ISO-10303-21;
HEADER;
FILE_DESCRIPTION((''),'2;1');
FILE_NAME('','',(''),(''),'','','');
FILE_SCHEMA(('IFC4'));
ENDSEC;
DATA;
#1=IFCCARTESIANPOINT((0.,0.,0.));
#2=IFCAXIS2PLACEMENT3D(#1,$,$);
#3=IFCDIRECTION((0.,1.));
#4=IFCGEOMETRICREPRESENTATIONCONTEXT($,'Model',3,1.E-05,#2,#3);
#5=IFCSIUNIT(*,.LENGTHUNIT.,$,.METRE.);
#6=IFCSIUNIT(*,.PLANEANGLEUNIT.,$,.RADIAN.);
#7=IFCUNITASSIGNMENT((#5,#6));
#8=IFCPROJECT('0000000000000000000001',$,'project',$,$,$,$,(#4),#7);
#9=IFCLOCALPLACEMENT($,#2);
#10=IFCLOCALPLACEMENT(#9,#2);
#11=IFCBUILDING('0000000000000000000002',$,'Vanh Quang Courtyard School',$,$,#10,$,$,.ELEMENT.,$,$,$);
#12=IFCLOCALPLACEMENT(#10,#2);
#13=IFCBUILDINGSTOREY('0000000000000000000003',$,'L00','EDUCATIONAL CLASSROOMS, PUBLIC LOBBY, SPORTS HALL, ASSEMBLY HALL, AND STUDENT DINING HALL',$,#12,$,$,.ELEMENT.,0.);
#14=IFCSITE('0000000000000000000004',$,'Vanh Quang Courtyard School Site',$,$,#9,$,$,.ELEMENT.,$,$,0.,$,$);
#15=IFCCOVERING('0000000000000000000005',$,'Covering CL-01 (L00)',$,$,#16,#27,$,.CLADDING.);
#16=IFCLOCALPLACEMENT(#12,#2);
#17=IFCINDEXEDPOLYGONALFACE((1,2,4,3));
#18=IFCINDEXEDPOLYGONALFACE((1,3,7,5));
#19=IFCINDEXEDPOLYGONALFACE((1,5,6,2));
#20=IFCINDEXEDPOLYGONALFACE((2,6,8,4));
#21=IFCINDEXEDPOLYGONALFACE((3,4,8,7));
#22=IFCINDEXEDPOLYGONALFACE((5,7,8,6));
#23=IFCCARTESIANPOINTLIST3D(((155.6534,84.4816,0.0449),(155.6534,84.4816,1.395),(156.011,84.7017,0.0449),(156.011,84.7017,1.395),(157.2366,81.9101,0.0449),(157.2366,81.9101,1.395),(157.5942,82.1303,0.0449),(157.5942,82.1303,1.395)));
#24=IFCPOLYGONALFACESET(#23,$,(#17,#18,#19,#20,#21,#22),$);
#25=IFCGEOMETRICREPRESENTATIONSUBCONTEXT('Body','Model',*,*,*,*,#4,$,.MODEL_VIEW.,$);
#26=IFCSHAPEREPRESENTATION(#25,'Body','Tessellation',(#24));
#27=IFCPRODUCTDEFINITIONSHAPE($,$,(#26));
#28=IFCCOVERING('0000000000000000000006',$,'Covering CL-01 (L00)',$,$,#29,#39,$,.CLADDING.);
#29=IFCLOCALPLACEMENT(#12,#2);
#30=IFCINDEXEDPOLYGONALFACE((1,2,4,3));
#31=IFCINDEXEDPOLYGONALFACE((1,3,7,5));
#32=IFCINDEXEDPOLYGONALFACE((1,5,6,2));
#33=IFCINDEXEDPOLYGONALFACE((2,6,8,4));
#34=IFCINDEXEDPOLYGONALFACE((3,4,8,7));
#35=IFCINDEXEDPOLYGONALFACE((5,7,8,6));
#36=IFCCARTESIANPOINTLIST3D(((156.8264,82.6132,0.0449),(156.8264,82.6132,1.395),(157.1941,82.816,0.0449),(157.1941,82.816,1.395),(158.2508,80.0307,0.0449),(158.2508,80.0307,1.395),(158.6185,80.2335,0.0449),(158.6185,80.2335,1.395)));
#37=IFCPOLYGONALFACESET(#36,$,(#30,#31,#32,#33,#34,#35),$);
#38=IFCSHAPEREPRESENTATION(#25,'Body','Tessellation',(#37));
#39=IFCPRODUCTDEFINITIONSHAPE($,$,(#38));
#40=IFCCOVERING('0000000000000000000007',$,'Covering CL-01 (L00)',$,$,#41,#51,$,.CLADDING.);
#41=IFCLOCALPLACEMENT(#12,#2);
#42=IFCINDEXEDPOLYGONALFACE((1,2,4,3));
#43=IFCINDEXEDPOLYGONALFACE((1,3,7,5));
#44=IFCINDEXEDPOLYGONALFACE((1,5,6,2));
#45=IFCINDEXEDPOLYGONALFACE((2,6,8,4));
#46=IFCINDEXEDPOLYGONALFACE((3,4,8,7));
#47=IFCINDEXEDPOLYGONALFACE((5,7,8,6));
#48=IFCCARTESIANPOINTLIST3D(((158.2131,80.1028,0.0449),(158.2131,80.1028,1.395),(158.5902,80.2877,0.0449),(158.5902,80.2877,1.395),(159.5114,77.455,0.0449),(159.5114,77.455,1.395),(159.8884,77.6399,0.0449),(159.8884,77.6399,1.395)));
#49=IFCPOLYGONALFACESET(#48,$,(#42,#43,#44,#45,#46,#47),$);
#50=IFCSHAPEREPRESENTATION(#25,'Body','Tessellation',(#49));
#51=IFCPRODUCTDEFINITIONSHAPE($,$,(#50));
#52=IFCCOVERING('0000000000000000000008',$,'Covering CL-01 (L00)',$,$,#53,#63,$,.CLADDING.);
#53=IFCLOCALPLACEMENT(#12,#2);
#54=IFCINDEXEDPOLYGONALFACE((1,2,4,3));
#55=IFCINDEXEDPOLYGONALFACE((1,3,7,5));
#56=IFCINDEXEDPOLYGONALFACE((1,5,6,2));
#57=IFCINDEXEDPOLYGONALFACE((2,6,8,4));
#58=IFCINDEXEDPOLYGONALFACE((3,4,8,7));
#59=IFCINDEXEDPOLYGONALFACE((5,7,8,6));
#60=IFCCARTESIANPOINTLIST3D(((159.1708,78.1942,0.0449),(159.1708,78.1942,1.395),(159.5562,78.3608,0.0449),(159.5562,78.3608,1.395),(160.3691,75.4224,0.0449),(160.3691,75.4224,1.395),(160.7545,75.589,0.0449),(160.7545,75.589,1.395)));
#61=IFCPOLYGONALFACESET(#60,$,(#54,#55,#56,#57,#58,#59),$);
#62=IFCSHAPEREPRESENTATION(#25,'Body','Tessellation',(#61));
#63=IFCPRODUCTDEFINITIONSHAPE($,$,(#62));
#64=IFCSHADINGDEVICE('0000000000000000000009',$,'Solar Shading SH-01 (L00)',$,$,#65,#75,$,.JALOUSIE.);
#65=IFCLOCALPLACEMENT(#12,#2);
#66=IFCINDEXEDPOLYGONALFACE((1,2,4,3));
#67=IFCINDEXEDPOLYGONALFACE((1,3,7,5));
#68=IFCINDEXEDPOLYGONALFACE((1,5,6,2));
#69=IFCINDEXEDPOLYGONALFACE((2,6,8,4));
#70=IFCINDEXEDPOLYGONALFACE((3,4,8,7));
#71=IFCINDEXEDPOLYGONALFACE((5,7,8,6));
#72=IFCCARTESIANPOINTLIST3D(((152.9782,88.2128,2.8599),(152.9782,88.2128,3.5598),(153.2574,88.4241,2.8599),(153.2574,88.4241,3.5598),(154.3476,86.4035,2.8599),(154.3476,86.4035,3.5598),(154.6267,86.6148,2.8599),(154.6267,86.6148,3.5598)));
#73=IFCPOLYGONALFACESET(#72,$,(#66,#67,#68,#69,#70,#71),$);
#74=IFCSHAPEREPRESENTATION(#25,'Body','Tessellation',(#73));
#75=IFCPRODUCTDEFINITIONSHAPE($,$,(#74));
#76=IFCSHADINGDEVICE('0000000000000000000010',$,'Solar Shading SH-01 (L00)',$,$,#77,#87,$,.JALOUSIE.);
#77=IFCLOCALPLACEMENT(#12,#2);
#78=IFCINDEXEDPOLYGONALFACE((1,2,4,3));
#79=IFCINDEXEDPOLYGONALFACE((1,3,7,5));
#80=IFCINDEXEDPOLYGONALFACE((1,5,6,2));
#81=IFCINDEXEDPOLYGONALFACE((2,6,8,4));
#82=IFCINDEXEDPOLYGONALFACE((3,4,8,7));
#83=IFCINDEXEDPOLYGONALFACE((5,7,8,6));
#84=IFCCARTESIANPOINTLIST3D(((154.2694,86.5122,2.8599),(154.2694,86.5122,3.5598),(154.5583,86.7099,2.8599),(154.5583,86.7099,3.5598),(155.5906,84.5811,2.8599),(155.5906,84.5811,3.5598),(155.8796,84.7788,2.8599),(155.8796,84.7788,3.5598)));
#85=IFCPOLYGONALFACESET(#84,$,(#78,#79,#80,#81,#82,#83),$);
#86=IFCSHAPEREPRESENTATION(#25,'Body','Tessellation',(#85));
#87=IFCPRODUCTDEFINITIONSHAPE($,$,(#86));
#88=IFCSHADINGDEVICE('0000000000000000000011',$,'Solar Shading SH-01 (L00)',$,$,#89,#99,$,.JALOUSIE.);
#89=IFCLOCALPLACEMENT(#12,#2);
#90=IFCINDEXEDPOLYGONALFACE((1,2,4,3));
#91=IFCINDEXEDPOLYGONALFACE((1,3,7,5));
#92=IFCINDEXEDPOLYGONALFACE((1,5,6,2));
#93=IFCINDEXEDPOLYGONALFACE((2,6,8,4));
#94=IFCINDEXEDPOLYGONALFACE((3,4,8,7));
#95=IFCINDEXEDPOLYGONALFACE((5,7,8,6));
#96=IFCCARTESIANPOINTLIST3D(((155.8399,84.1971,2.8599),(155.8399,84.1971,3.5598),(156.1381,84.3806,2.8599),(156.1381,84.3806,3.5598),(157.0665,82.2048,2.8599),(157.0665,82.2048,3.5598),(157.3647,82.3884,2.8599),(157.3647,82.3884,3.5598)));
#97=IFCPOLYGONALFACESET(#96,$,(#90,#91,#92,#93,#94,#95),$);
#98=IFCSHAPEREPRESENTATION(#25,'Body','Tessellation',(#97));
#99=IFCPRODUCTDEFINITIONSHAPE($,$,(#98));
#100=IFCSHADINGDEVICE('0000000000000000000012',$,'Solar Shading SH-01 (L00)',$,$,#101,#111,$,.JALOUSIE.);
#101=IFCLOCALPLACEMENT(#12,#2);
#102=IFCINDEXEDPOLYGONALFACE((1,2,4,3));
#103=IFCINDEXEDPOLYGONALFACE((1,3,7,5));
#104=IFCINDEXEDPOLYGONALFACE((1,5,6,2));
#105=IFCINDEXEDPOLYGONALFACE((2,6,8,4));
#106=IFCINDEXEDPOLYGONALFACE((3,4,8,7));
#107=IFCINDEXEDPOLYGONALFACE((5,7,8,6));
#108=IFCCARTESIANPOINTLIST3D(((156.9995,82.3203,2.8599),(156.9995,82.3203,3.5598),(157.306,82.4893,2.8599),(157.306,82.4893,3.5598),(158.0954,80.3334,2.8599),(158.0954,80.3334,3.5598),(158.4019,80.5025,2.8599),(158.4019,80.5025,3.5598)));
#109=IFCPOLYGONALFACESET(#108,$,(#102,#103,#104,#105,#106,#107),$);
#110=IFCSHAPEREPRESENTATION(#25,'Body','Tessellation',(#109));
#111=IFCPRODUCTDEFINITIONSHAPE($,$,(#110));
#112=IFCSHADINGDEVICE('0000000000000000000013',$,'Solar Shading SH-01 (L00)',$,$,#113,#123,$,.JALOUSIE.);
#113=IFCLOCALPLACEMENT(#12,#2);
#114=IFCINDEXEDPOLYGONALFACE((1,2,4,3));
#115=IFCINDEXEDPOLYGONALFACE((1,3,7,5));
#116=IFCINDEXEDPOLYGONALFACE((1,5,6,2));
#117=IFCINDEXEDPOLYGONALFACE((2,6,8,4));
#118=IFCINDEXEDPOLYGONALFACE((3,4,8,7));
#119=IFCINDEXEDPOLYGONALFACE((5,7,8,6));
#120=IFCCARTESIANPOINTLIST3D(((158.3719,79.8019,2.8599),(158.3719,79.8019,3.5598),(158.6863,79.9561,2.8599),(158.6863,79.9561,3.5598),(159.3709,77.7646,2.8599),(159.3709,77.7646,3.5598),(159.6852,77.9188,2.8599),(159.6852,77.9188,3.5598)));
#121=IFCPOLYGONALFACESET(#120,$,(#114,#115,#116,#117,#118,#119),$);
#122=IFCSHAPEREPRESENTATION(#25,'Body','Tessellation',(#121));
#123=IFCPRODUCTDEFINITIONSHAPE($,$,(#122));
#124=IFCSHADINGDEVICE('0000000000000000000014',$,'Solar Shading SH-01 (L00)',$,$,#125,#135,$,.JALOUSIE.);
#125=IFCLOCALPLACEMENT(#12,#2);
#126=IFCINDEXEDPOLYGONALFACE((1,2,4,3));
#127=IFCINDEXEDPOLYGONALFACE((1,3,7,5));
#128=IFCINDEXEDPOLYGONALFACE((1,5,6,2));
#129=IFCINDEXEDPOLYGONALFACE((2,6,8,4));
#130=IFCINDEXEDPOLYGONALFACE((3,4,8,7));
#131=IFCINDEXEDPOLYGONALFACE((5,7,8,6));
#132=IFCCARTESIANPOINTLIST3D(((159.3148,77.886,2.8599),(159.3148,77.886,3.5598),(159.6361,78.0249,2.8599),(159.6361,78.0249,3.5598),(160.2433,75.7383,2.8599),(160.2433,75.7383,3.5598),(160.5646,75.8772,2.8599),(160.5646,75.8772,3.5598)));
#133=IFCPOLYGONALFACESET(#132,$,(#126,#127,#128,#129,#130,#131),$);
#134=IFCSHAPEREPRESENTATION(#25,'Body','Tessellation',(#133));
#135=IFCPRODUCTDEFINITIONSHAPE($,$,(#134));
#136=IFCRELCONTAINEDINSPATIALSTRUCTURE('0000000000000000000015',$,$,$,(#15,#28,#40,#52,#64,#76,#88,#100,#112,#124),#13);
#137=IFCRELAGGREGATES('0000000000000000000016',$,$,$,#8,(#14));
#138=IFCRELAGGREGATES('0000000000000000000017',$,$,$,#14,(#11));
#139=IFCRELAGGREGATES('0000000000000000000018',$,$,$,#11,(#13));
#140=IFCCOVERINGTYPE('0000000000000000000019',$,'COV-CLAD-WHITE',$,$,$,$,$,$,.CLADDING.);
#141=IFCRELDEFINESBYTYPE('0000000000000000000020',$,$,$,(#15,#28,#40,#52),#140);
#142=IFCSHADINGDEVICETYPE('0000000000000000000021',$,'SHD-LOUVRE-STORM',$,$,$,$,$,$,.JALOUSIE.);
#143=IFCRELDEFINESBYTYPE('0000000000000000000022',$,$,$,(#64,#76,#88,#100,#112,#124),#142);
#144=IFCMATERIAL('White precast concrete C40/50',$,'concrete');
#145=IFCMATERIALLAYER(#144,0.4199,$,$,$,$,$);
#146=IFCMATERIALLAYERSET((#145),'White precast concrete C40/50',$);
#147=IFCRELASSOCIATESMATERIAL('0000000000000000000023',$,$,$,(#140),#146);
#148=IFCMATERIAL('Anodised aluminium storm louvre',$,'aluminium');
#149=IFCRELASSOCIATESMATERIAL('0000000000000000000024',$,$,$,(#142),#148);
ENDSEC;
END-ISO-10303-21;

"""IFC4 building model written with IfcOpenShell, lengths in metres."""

from ifc_helpers import new_model, si_unit, direction, frame, origin, origin_2d, place, context, subcontext, project, spatial, rectangle, extrude, material, layer, layer_set, type_object, element, save


model = new_model("IFC4")

# Units and contexts
model_context = context("Model", 3, precision=1e-05, world=origin(), true_north=direction((0.0, 1.0)))
body_context = subcontext(model_context, "Body", "Model", "MODEL_VIEW")
ifc_project = project(units=[si_unit("LENGTHUNIT", "METRE"), si_unit("PLANEANGLEUNIT", "RADIAN")], contexts=[model_context])

# Site, building, storey
site_placement = place(None, origin())
site = spatial("IfcSite", under=ifc_project, at=site_placement, Name="Vanh Quang Courtyard School Site", CompositionType="ELEMENT", RefElevation=0.0)
building_placement = place(site_placement, origin())
building = spatial("IfcBuilding", under=site, at=building_placement, Name="Vanh Quang Courtyard School", CompositionType="ELEMENT")
storey_placement = place(building_placement, origin())
storey = spatial("IfcBuildingStorey", under=building, at=storey_placement, Name="L00", Description="EDUCATIONAL CLASSROOMS, PUBLIC LOBBY, SPORTS HALL, ASSEMBLY HALL, AND STUDENT DINING HALL", CompositionType="ELEMENT", Elevation=0.0)

# Coverings
ifc_material_1 = material(Name="White precast concrete C40/50", Category="concrete")
ifc_layer_1 = layer(ifc_material_1, 0.4199)
ifc_layer_set_1 = layer_set([ifc_layer_1], Name="White precast concrete C40/50")
covering_type = type_object("IfcCoveringType", Name="COV-CLAD-WHITE", PredefinedType="CLADDING", material=ifc_layer_set_1)
for number, where, z_axis, x_axis, name in (
    (1, (156.6238, 83.3059, 0.0449), (0.0, 0.0, 1.0), (0.524283, -0.851544, 0.0), "Covering CL-01 (L00)"),
):
    element("IfcCovering", number, at=place(storey_placement, frame(where, z_axis=z_axis, x_axis=x_axis)), inside=storey, type_object=covering_type, Name=name, PredefinedType="CLADDING", context=body_context, shape_type="SweptSolid", body=[
        extrude(rectangle(XDim=3.0198, YDim=0.4199, at=origin_2d()), origin(), (0.0, 0.0, 1.0), 1.3501),
    ])
covering_1_placement = place(storey_placement, frame((157.7224, 81.4233, 0.0449), z_axis=(0.0, 0.0, 1.0), x_axis=(0.482977, -0.875633, 0.0)))
element("IfcCovering", 2, at=covering_1_placement, inside=storey, type_object=covering_type, Name="Covering CL-01 (L00)", PredefinedType="CLADDING", context=body_context, shape_type="SweptSolid", body=[
    extrude(rectangle(XDim=2.9492, YDim=0.4199, at=origin_2d()), origin(), (0.0, 0.0, 1.0), 1.3501),
])
covering_2_placement = place(storey_placement, frame((159.0508, 78.8713, 0.0449), z_axis=(0.0, 0.0, 1.0), x_axis=(0.440253, -0.897874, 0.0)))
element("IfcCovering", 3, at=covering_2_placement, inside=storey, type_object=covering_type, Name="Covering CL-01 (L00)", PredefinedType="CLADDING", context=body_context, shape_type="SweptSolid", body=[
    extrude(rectangle(XDim=2.949, YDim=0.4199, at=origin_2d()), origin(), (0.0, 0.0, 1.0), 1.3501),
])
covering_3_placement = place(storey_placement, frame((159.9626, 76.8916, 0.0449), z_axis=(0.0, 0.0, 1.0), x_axis=(0.396828, -0.917893, 0.0)))
element("IfcCovering", 4, at=covering_3_placement, inside=storey, type_object=covering_type, Name="Covering CL-01 (L00)", PredefinedType="CLADDING", context=body_context, shape_type="SweptSolid", body=[
    extrude(rectangle(XDim=3.0198, YDim=0.4199, at=origin_2d()), origin(), (0.0, 0.0, 1.0), 1.3501),
])

# Shading devices
ifc_material_2 = material(Name="Anodised aluminium storm louvre", Category="aluminium")
shading_device_type = type_object("IfcShadingDeviceType", Name="SHD-LOUVRE-STORM", PredefinedType="JALOUSIE", material=ifc_material_2)
shading_device_1_placement = place(storey_placement, frame((153.8025, 87.4138, 2.8599), z_axis=(0.0, 0.0, 1.0), x_axis=(0.603486, -0.797373, 0.0)))
element("IfcShadingDevice", 5, at=shading_device_1_placement, inside=storey, type_object=shading_device_type, Name="Solar Shading SH-01 (L00)", PredefinedType="JALOUSIE", context=body_context, shape_type="SweptSolid", body=[
    extrude(rectangle(XDim=2.269, YDim=0.3501, at=origin_2d()), origin(), (0.0, 0.0, 1.0), 0.7),
])
shading_device_2_placement = place(storey_placement, frame((155.0745, 85.6455, 2.8599), z_axis=(0.0, 0.0, 1.0), x_axis=(0.564679, -0.825311, 0.0)))
element("IfcShadingDevice", 6, at=shading_device_2_placement, inside=storey, type_object=shading_device_type, Name="Solar Shading SH-01 (L00)", PredefinedType="JALOUSIE", context=body_context, shape_type="SweptSolid", body=[
    extrude(rectangle(XDim=2.3398, YDim=0.3501, at=origin_2d()), origin(), (0.0, 0.0, 1.0), 0.7),
])
shading_device_3_placement = place(storey_placement, frame((156.6023, 83.2927, 2.8599), z_axis=(0.0, 0.0, 1.0), x_axis=(0.524283, -0.851544, 0.0)))
element("IfcShadingDevice", 7, at=shading_device_3_placement, inside=storey, type_object=shading_device_type, Name="Solar Shading SH-01 (L00)", PredefinedType="JALOUSIE", context=body_context, shape_type="SweptSolid", body=[
    extrude(rectangle(XDim=2.3396, YDim=0.3501, at=origin_2d()), origin(), (0.0, 0.0, 1.0), 0.7),
])
for number, where, z_axis, x_axis, name in (
    (8, (157.7007, 81.4114, 2.8599), (0.0, 0.0, 1.0), (0.482977, -0.875633, 0.0), "Solar Shading SH-01 (L00)"),
    (9, (159.0286, 78.8604, 2.8599), (0.0, 0.0, 1.0), (0.440253, -0.897874, 0.0), "Solar Shading SH-01 (L00)"),
):
    element("IfcShadingDevice", number, at=place(storey_placement, frame(where, z_axis=z_axis, x_axis=x_axis)), inside=storey, type_object=shading_device_type, Name=name, PredefinedType="JALOUSIE", context=body_context, shape_type="SweptSolid", body=[
        extrude(rectangle(XDim=2.269, YDim=0.3501, at=origin_2d()), origin(), (0.0, 0.0, 1.0), 0.7),
    ])
shading_device_4_placement = place(storey_placement, frame((159.9397, 76.8816, 2.8599), z_axis=(0.0, 0.0, 1.0), x_axis=(0.396828, -0.917893, 0.0)))
element("IfcShadingDevice", 10, at=shading_device_4_placement, inside=storey, type_object=shading_device_type, Name="Solar Shading SH-01 (L00)", PredefinedType="JALOUSIE", context=body_context, shape_type="SweptSolid", body=[
    extrude(rectangle(XDim=2.3398, YDim=0.3501, at=origin_2d()), origin(), (0.0, 0.0, 1.0), 0.7),
])

save(model, "model.ifc")
